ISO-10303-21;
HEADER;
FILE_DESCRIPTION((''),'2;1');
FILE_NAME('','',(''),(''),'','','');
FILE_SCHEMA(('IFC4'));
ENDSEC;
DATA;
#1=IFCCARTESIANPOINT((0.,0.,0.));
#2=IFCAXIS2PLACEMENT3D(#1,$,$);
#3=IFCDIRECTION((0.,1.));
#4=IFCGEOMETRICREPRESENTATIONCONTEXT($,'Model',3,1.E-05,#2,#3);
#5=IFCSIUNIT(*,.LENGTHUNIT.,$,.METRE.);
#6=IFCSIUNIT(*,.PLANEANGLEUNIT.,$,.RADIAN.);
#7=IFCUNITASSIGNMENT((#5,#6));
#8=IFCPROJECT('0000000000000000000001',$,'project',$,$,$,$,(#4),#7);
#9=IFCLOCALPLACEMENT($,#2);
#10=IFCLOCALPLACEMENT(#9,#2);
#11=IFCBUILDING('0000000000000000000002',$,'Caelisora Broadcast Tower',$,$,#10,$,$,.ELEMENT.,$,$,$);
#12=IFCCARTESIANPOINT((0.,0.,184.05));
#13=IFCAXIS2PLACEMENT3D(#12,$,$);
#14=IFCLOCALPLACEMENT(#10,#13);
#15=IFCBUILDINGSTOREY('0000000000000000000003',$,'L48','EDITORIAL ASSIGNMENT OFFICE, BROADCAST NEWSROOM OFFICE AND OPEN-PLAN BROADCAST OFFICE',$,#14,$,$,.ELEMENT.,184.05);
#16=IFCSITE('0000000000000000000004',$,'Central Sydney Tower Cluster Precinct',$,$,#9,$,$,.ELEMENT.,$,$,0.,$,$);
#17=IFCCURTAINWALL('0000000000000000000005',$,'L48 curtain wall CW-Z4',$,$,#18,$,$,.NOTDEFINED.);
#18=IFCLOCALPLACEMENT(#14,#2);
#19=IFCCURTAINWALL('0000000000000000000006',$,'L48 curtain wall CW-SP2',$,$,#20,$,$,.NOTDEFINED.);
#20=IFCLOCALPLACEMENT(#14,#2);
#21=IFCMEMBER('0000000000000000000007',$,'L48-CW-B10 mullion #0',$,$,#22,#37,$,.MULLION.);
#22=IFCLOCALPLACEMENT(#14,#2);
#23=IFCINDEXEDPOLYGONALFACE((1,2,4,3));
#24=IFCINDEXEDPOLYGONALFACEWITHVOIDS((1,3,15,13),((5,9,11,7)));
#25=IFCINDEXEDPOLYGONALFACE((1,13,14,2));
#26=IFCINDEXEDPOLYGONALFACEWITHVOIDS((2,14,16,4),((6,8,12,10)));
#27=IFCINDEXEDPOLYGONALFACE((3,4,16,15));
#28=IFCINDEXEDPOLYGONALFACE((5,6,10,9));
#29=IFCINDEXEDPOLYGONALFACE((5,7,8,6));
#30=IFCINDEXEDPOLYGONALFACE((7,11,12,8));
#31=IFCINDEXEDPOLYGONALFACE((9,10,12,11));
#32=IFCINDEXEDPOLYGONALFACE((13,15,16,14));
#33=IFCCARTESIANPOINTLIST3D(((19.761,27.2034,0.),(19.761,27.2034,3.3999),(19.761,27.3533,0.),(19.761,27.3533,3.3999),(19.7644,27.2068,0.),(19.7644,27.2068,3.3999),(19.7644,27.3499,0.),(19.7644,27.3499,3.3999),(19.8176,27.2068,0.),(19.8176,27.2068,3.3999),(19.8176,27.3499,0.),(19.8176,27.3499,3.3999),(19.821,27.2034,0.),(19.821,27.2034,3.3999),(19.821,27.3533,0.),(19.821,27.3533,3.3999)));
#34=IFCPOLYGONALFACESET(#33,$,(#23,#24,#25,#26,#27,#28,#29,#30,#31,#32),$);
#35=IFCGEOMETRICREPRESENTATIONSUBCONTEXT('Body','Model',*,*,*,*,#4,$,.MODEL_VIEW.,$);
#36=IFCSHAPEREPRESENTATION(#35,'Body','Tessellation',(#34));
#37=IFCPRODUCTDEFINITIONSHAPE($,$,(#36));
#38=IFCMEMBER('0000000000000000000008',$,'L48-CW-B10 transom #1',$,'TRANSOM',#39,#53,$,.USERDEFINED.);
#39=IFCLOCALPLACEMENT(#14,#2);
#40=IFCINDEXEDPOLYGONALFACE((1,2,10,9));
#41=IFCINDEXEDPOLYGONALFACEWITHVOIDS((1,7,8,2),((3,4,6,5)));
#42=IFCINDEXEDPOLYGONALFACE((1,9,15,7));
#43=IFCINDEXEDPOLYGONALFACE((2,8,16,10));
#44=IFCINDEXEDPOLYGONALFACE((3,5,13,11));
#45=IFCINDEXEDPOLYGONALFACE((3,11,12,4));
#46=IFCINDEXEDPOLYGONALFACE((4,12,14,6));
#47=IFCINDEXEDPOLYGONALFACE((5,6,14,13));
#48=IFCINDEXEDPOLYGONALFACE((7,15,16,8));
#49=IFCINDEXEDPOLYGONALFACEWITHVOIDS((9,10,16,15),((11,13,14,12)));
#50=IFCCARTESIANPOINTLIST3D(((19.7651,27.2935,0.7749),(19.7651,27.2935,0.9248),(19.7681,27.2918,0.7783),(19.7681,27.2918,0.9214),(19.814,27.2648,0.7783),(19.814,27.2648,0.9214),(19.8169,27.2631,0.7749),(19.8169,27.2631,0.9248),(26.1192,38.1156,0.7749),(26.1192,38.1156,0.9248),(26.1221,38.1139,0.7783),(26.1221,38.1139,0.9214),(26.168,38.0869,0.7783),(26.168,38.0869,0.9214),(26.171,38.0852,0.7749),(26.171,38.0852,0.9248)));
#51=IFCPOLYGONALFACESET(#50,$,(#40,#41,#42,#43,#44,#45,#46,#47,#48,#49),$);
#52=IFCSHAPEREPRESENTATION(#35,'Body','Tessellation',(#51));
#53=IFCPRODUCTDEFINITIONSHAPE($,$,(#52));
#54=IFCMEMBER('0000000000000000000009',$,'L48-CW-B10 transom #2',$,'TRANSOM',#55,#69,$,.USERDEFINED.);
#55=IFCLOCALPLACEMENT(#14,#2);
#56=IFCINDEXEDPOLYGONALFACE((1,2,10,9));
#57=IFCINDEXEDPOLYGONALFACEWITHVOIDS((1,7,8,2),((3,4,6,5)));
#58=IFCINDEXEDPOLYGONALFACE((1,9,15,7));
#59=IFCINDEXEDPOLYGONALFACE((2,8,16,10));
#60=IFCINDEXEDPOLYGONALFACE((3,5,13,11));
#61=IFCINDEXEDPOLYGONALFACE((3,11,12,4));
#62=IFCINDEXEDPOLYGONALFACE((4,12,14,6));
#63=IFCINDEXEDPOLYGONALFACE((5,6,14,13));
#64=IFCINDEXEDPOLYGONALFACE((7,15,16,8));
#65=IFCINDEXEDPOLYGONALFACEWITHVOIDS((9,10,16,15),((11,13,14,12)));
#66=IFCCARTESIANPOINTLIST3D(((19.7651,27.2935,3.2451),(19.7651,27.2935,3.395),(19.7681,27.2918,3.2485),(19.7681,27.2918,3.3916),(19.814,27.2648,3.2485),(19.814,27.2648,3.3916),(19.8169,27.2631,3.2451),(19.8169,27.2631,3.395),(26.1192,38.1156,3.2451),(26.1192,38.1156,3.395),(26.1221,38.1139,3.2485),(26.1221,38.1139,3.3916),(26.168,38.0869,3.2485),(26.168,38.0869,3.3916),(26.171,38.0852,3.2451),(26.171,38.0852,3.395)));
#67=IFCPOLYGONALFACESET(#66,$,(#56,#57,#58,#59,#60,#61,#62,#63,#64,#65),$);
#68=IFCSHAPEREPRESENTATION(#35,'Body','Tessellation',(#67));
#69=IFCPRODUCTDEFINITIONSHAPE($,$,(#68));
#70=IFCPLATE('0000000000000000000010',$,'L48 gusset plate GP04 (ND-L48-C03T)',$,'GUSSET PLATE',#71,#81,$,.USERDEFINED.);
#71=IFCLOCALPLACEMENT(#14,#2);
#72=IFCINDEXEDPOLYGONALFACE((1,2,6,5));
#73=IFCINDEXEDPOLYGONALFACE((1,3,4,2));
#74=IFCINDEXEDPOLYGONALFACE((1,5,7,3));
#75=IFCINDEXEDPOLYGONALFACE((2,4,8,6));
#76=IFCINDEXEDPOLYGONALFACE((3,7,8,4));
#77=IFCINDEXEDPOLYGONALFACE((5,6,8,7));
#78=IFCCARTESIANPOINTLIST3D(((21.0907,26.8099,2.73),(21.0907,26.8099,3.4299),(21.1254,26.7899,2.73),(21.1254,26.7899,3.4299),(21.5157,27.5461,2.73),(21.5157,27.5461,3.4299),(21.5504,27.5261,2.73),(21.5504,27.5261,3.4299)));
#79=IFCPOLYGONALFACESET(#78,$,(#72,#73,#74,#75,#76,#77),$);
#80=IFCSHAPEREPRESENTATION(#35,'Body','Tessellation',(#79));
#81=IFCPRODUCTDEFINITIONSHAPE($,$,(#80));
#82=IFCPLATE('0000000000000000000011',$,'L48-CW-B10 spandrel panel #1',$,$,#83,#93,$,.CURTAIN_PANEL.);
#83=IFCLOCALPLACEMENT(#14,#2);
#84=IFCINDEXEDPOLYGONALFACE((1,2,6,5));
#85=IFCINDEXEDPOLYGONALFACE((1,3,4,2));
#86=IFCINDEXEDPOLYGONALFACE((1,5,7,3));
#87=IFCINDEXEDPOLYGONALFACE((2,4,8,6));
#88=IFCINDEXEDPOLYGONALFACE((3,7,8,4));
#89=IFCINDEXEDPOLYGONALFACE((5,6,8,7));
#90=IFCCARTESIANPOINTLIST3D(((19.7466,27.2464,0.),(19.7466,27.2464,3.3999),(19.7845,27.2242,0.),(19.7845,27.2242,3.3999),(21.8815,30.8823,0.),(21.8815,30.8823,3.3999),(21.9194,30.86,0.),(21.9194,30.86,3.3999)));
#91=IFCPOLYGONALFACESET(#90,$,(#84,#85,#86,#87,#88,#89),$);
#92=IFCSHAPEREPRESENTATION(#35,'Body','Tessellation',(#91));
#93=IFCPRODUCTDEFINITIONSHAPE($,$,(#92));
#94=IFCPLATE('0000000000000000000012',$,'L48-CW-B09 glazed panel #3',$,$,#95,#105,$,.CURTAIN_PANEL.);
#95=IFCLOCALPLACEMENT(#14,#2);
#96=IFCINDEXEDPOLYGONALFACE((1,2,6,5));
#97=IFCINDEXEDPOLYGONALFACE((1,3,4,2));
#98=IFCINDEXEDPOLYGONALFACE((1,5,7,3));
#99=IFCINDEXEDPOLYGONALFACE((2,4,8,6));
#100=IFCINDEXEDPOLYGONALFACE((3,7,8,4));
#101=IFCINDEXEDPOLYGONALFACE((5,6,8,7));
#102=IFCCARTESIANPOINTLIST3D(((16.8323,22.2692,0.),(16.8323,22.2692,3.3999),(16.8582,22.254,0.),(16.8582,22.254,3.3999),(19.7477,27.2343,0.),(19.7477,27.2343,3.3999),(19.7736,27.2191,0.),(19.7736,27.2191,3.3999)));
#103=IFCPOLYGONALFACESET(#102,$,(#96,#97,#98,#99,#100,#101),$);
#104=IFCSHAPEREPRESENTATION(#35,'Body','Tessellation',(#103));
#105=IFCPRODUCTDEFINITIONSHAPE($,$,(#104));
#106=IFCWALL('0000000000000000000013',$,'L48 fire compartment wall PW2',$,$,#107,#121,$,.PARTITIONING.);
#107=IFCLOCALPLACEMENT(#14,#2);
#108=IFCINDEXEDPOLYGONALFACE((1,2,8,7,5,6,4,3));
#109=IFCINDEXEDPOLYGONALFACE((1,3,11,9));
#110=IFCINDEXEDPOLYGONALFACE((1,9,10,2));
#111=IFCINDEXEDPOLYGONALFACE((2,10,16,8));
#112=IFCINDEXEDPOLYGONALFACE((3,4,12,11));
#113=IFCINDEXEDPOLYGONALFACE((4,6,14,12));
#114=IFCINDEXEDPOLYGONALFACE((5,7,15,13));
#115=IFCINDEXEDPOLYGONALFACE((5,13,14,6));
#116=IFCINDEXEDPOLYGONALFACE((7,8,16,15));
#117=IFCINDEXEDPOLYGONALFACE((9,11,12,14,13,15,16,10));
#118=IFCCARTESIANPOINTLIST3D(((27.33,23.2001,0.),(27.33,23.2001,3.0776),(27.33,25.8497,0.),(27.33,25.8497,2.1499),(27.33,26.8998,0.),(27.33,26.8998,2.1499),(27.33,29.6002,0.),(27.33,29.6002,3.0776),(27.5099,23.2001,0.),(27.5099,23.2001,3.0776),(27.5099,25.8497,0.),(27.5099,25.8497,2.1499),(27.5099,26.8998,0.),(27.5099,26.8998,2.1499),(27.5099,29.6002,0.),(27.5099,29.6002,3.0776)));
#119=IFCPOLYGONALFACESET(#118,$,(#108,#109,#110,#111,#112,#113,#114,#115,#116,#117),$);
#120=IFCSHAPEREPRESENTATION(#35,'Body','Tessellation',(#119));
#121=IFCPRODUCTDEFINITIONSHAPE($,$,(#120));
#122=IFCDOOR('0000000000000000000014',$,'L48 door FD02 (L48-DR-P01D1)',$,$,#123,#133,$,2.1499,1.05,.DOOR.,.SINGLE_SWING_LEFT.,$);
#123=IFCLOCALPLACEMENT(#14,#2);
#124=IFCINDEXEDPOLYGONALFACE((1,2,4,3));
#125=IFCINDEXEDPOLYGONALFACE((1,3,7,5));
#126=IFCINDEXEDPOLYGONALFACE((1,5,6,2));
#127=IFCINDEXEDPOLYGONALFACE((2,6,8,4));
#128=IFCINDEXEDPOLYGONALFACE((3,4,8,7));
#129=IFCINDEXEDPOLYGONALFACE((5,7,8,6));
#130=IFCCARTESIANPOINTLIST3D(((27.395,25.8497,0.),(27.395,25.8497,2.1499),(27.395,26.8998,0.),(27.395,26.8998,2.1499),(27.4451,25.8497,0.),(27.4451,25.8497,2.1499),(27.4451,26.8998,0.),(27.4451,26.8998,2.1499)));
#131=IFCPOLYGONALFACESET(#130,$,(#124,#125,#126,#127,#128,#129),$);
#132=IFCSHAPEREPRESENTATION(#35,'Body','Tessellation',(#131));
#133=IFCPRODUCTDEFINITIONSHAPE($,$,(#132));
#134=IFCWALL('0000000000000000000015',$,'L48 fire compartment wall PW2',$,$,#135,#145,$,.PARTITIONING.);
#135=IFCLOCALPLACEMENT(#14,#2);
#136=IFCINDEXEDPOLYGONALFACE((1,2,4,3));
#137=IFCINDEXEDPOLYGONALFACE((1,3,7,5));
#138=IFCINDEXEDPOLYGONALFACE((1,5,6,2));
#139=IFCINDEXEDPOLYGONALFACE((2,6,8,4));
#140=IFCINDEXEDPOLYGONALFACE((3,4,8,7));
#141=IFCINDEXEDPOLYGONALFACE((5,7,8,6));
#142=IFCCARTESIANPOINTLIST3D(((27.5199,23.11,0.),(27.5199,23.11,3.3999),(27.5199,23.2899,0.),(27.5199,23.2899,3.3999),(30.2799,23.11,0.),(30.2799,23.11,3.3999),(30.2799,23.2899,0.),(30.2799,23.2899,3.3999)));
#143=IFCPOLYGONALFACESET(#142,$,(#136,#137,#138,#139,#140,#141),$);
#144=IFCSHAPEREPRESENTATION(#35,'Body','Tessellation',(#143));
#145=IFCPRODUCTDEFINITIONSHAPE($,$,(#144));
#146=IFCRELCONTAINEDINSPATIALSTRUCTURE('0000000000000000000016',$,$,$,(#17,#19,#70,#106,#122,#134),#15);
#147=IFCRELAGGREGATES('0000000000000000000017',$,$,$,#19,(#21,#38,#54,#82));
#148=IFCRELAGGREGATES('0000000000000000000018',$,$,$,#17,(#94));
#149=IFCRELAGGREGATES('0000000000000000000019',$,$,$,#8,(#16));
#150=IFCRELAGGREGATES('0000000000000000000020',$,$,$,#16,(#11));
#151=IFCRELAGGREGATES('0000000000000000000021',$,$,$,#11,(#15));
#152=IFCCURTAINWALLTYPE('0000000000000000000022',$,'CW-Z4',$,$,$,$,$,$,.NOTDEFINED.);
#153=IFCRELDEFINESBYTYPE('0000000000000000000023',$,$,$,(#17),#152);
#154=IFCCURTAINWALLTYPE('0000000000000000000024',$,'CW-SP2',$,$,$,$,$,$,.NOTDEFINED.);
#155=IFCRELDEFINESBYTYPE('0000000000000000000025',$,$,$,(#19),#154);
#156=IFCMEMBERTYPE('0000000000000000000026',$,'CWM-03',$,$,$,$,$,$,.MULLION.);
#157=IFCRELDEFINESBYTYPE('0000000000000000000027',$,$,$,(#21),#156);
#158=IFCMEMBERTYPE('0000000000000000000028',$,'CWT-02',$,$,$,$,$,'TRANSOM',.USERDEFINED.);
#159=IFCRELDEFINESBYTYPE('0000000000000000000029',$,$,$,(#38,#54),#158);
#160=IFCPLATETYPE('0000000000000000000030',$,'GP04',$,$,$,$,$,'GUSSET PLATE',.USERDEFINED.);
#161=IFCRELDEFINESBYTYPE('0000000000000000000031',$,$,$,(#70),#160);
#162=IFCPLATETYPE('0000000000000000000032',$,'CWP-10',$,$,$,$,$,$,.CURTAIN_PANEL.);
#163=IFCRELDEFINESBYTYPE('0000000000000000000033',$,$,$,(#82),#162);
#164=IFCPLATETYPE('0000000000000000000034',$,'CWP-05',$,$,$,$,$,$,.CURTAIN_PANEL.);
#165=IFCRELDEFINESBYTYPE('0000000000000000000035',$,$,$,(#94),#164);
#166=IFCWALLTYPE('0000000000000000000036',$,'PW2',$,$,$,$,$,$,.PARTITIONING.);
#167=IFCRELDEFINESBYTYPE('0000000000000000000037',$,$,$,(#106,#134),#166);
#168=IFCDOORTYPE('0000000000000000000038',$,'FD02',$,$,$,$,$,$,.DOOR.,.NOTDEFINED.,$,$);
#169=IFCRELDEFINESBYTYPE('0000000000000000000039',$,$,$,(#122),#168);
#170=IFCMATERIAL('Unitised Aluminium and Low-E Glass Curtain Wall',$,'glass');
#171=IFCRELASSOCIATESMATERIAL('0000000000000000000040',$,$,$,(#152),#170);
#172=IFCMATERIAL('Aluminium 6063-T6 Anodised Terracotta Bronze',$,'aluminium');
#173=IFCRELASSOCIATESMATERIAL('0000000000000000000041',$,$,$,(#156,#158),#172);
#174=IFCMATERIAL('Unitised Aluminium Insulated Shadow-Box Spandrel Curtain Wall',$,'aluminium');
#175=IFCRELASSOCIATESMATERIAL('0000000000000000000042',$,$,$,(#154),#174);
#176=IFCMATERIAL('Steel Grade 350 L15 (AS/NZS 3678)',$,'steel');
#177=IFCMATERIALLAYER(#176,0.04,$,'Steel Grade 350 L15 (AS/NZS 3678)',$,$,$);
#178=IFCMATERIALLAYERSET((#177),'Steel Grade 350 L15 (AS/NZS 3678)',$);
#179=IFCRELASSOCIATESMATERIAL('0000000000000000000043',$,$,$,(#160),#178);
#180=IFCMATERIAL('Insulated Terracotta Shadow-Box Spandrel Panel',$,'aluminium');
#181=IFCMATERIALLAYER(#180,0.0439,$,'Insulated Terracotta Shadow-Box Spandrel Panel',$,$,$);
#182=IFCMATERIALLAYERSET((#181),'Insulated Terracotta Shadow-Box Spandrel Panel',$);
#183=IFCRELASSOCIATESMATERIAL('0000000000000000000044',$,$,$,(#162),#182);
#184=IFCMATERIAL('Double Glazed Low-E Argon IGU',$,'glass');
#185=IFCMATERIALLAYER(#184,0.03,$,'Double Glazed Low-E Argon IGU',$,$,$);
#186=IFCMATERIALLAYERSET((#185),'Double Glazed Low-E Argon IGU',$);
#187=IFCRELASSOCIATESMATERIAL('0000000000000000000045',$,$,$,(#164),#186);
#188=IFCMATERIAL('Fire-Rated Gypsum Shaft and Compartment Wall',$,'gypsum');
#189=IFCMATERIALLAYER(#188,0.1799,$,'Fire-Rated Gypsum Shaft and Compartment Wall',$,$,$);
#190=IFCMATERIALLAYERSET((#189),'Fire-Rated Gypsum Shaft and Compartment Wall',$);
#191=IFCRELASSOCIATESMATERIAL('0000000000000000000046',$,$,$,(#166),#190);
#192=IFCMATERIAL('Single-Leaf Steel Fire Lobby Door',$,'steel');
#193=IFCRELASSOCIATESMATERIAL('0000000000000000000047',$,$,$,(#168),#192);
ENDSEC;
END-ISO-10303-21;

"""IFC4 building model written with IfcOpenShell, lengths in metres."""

from ifc_helpers import new_model, si_unit, direction, frame, frame_2d, origin, origin_2d, place, context, subcontext, project, spatial, rectangle, hollow_rectangle, extrude, source, transform, mapped, material, layer, layer_set, material_profile, profile_set, type_object, type_shapes, element, fill, aggregate, save


model = new_model("IFC4")

# Units and contexts
model_context = context("Model", 3, precision=1e-05, world=origin(), true_north=direction((0.0, 1.0)))
body_context = subcontext(model_context, "Body", "Model", "MODEL_VIEW")
ifc_project = project(units=[si_unit("LENGTHUNIT", "METRE"), si_unit("PLANEANGLEUNIT", "RADIAN")], contexts=[model_context])

# Site, building, storey
site_placement = place(None, origin())
site = spatial("IfcSite", under=ifc_project, at=site_placement, Name="Central Sydney Tower Cluster Precinct", CompositionType="ELEMENT", RefElevation=0.0)
building_placement = place(site_placement, origin())
building = spatial("IfcBuilding", under=site, at=building_placement, Name="Caelisora Broadcast Tower", CompositionType="ELEMENT")
storey_placement = place(building_placement, frame((0.0, 0.0, 184.05)))
storey = spatial("IfcBuildingStorey", under=building, at=storey_placement, Name="L48", Description="EDITORIAL ASSIGNMENT OFFICE, BROADCAST NEWSROOM OFFICE AND OPEN-PLAN BROADCAST OFFICE", CompositionType="ELEMENT", Elevation=184.05)

# Shared definitions
ifc_material_1 = material(Name="Steel Grade 350 L15 (AS/NZS 3678)", Category="steel")

# Curtain walls, members
ifc_material_2 = material(Name="Unitised Aluminium and Low-E Glass Curtain Wall", Category="glass")
curtain_wall_type_1 = type_object("IfcCurtainWallType", Name="CW-Z4", PredefinedType="NOTDEFINED", material=ifc_material_2)
curtain_wall_1_placement = place(storey_placement, origin())
curtain_wall_1 = element("IfcCurtainWall", 1, at=curtain_wall_1_placement, inside=storey, type_object=curtain_wall_type_1, Name="L48 curtain wall CW-Z4", PredefinedType="NOTDEFINED")
ifc_material_3 = material(Name="Aluminium 6063-T6 Anodised Terracotta Bronze", Category="aluminium")
ifc_material_profile_1 = material_profile(ifc_material_3, hollow_rectangle(XDim=0.0601, YDim=0.1499, WallThickness=0.0034, at=origin_2d()), Name="Aluminium 6063-T6 Anodised Terracotta Bronze")
ifc_profile_set_1 = profile_set([ifc_material_profile_1], Name="Aluminium 6063-T6 Anodised Terracotta Bronze")
member_type_1 = type_object("IfcMemberType", Name="CWM-03", PredefinedType="MULLION", material=ifc_profile_set_1)
shared_shape_1 = source(origin(), body_context, "Body", "SweptSolid", [
    extrude(hollow_rectangle(XDim=0.0601, YDim=0.1499, WallThickness=0.0034, at=origin_2d()), origin(), (0.0, 0.0, 1.0), 3.3999),
])
type_shapes(member_type_1, [shared_shape_1])
ifc_material_4 = material(Name="Unitised Aluminium Insulated Shadow-Box Spandrel Curtain Wall", Category="aluminium")
curtain_wall_type_2 = type_object("IfcCurtainWallType", Name="CW-SP2", PredefinedType="NOTDEFINED", material=ifc_material_4)
curtain_wall_2_placement = place(storey_placement, origin())
curtain_wall_2 = element("IfcCurtainWall", 2, at=curtain_wall_2_placement, inside=storey, type_object=curtain_wall_type_2, Name="L48 curtain wall CW-SP2", PredefinedType="NOTDEFINED")
member_1_placement = place(storey_placement, frame((19.791, 27.2783, 0.0), z_axis=(0.0, 0.0, 1.0), x_axis=(1.0, 0.0, 0.0)))
member_1 = element("IfcMember", 3, at=member_1_placement, type_object=member_type_1, Name="L48-CW-B10 mullion #0", PredefinedType="MULLION", context=body_context, shape_type="MappedRepresentation", body=[
    mapped(shared_shape_1, transform((0.0, 0.0, 0.0), scale=1.0)),
])
ifc_material_profile_2 = material_profile(ifc_material_3, hollow_rectangle(XDim=0.0601, YDim=0.1499, WallThickness=0.0034, at=origin_2d()), Name="Aluminium 6063-T6 Anodised Terracotta Bronze")
ifc_profile_set_2 = profile_set([ifc_material_profile_2], Name="Aluminium 6063-T6 Anodised Terracotta Bronze")
member_type_2 = type_object("IfcMemberType", Name="CWT-02", ElementType="TRANSOM", PredefinedType="USERDEFINED", material=ifc_profile_set_2)
shared_shape_2 = source(origin(), body_context, "Body", "SweptSolid", [
    extrude(hollow_rectangle(XDim=0.0601, YDim=0.1499, WallThickness=0.0034, at=origin_2d()), origin(), (0.0, 0.0, 1.0), 12.5496),
])
type_shapes(member_type_2, [shared_shape_2])
member_2_placement = place(storey_placement, frame((19.791, 27.2783, 0.8499), z_axis=(0.506316, 0.862348, 0.0), x_axis=(-0.862348, 0.506316, 0.0)))
member_2 = element("IfcMember", 4, at=member_2_placement, type_object=member_type_2, Name="L48-CW-B10 transom #1", ObjectType="TRANSOM", PredefinedType="USERDEFINED", context=body_context, shape_type="MappedRepresentation", body=[
    mapped(shared_shape_2, transform((0.0, 0.0, 0.0), scale=1.0)),
])
member_3_placement = place(storey_placement, frame((19.791, 27.2783, 3.3201), z_axis=(0.506316, 0.862348, 0.0), x_axis=(-0.862348, 0.506316, 0.0)))
member_3 = element("IfcMember", 5, at=member_3_placement, type_object=member_type_2, Name="L48-CW-B10 transom #2", ObjectType="TRANSOM", PredefinedType="USERDEFINED", context=body_context, shape_type="MappedRepresentation", body=[
    mapped(shared_shape_2, transform((0.0, 0.0, 0.0), scale=1.0)),
])

# Plates
ifc_layer_1 = layer(ifc_material_1, 0.04, Name="Steel Grade 350 L15 (AS/NZS 3678)")
ifc_layer_set_1 = layer_set([ifc_layer_1], Name="Steel Grade 350 L15 (AS/NZS 3678)")
plate_type_1 = type_object("IfcPlateType", Name="GP04", ElementType="GUSSET PLATE", PredefinedType="USERDEFINED", material=ifc_layer_set_1)
shared_shape_3 = source(origin(), body_context, "Body", "SweptSolid", [
    extrude(rectangle(XDim=0.8501, YDim=0.04, at=origin_2d()), origin(), (0.0, 0.0, 1.0), 0.7),
])
type_shapes(plate_type_1, [shared_shape_3])
plate_1_placement = place(storey_placement, frame((21.3206, 27.168, 2.73), z_axis=(0.0, 0.0, 1.0), x_axis=(-0.5, -0.866025, 0.0)))
element("IfcPlate", 6, at=plate_1_placement, inside=storey, type_object=plate_type_1, Name="L48 gusset plate GP04 (ND-L48-C03T)", ObjectType="GUSSET PLATE", PredefinedType="USERDEFINED", context=body_context, shape_type="MappedRepresentation", body=[
    mapped(shared_shape_3, transform((0.0, 0.0, 0.0), scale=1.0)),
])
ifc_material_5 = material(Name="Insulated Terracotta Shadow-Box Spandrel Panel", Category="aluminium")
ifc_layer_2 = layer(ifc_material_5, 0.0439, Name="Insulated Terracotta Shadow-Box Spandrel Panel")
ifc_layer_set_2 = layer_set([ifc_layer_2], Name="Insulated Terracotta Shadow-Box Spandrel Panel")
plate_type_2 = type_object("IfcPlateType", Name="CWP-10", PredefinedType="CURTAIN_PANEL", material=ifc_layer_set_2)
shared_shape_4 = source(origin(), body_context, "Body", "SweptSolid", [
    extrude(rectangle(XDim=4.2163, YDim=0.0439, at=origin_2d()), origin(), (0.0, 0.0, 1.0), 3.3999),
])
type_shapes(plate_type_2, [shared_shape_4])
plate_2_placement = place(storey_placement, frame((20.833, 29.0532, 0.0), z_axis=(0.0, 0.0, 1.0), x_axis=(0.506335, 0.862337, 0.0)))
plate_2 = element("IfcPlate", 7, at=plate_2_placement, type_object=plate_type_2, Name="L48-CW-B10 spandrel panel #1", PredefinedType="CURTAIN_PANEL", context=body_context, shape_type="MappedRepresentation", body=[
    mapped(shared_shape_4, transform((0.0, 0.0, 0.0), scale=1.0)),
])
aggregate(curtain_wall_2, [member_1, member_2, member_3, plate_2])
ifc_material_6 = material(Name="Double Glazed Low-E Argon IGU", Category="glass")
ifc_layer_3 = layer(ifc_material_6, 0.03, Name="Double Glazed Low-E Argon IGU")
ifc_layer_set_3 = layer_set([ifc_layer_3], Name="Double Glazed Low-E Argon IGU")
plate_type_3 = type_object("IfcPlateType", Name="CWP-05", PredefinedType="CURTAIN_PANEL", material=ifc_layer_set_3)
shared_shape_5 = source(origin(), body_context, "Body", "SweptSolid", [
    extrude(rectangle(XDim=5.7578, YDim=0.03, at=origin_2d()), origin(), (0.0, 0.0, 1.0), 3.3999),
])
type_shapes(plate_type_3, [shared_shape_5])
plate_3_placement = place(storey_placement, frame((18.303, 24.7441, 0.0), z_axis=(0.0, 0.0, 1.0), x_axis=(0.506335, 0.862337, 0.0)))
plate_3 = element("IfcPlate", 8, at=plate_3_placement, type_object=plate_type_3, Name="L48-CW-B09 glazed panel #3", PredefinedType="CURTAIN_PANEL", context=body_context, shape_type="MappedRepresentation", body=[
    mapped(shared_shape_5, transform((0.0, 0.0, 0.0), scale=1.0)),
])
aggregate(curtain_wall_1, [plate_3])

# Wall, opening, door
ifc_material_7 = material(Name="Fire-Rated Gypsum Shaft and Compartment Wall", Category="gypsum")
ifc_layer_4 = layer(ifc_material_7, 0.1799, Name="Fire-Rated Gypsum Shaft and Compartment Wall")
ifc_layer_set_4 = layer_set([ifc_layer_4], Name="Fire-Rated Gypsum Shaft and Compartment Wall")
wall_type_1 = type_object("IfcWallType", Name="PW2", PredefinedType="PARTITIONING", material=ifc_layer_set_4)
wall_1_placement = place(storey_placement, frame((27.4199, 23.2, 0.0), z_axis=(0.0, 0.0, 1.0), x_axis=(0.0, 1.0, 0.0)))
wall_1 = element("IfcWall", 9, at=wall_1_placement, inside=storey, type_object=wall_type_1, Name="L48 fire compartment wall PW2", PredefinedType="PARTITIONING", context=body_context, shape_type="SweptSolid", body=[
    extrude(rectangle(XDim=6.4001, YDim=0.1799, at=frame_2d((3.2002, 0.0))), origin(), (0.0, 0.0, 1.0), 3.0776),
])
opening_1_placement = place(wall_1_placement, frame((2.6499, 0.0, 0.0)))
opening_1 = element("IfcOpeningElement", 10, at=opening_1_placement, cuts=wall_1, PredefinedType="OPENING", context=body_context, shape_type="SweptSolid", body=[
    extrude(rectangle(XDim=1.05, YDim=2.1499, at=frame_2d((0.5249, 1.075))), frame((0.0, 0.1021, 0.0), z_axis=(0.0, -1.0, 0.0), x_axis=(1.0, 0.0, 0.0)), (0.0, 0.0, 1.0), 0.2039),
])
ifc_material_8 = material(Name="Single-Leaf Steel Fire Lobby Door", Category="steel")
door_type_1 = type_object("IfcDoorType", Name="FD02", OperationType="NOTDEFINED", PredefinedType="DOOR", material=ifc_material_8)
door_1_placement = place(opening_1_placement, origin())
door_1 = element("IfcDoor", 11, at=door_1_placement, inside=storey, type_object=door_type_1, Name="L48 door FD02 (L48-DR-P01D1)", OperationType="SINGLE_SWING_LEFT", OverallHeight=2.1499, OverallWidth=1.05, PredefinedType="DOOR", context=body_context, shape_type="SweptSolid", body=[
    extrude(rectangle(XDim=1.05, YDim=2.1499, at=frame_2d((0.5249, 1.075))), frame((0.0, 0.0249, 0.0), z_axis=(0.0, -1.0, 0.0), x_axis=(1.0, 0.0, 0.0)), (0.0, 0.0, 1.0), 0.05),
])
fill(opening_1, door_1)

# Wall
wall_2_placement = place(storey_placement, frame((27.52, 23.2, 0.0), z_axis=(0.0, 0.0, 1.0), x_axis=(1.0, 0.0, 0.0)))
element("IfcWall", 12, at=wall_2_placement, inside=storey, type_object=wall_type_1, Name="L48 fire compartment wall PW2", PredefinedType="PARTITIONING", context=body_context, shape_type="SweptSolid", body=[
    extrude(rectangle(XDim=2.76, YDim=0.1799, at=frame_2d((1.3799, 0.0))), origin(), (0.0, 0.0, 1.0), 3.3999),
])

save(model, "model.ifc")
